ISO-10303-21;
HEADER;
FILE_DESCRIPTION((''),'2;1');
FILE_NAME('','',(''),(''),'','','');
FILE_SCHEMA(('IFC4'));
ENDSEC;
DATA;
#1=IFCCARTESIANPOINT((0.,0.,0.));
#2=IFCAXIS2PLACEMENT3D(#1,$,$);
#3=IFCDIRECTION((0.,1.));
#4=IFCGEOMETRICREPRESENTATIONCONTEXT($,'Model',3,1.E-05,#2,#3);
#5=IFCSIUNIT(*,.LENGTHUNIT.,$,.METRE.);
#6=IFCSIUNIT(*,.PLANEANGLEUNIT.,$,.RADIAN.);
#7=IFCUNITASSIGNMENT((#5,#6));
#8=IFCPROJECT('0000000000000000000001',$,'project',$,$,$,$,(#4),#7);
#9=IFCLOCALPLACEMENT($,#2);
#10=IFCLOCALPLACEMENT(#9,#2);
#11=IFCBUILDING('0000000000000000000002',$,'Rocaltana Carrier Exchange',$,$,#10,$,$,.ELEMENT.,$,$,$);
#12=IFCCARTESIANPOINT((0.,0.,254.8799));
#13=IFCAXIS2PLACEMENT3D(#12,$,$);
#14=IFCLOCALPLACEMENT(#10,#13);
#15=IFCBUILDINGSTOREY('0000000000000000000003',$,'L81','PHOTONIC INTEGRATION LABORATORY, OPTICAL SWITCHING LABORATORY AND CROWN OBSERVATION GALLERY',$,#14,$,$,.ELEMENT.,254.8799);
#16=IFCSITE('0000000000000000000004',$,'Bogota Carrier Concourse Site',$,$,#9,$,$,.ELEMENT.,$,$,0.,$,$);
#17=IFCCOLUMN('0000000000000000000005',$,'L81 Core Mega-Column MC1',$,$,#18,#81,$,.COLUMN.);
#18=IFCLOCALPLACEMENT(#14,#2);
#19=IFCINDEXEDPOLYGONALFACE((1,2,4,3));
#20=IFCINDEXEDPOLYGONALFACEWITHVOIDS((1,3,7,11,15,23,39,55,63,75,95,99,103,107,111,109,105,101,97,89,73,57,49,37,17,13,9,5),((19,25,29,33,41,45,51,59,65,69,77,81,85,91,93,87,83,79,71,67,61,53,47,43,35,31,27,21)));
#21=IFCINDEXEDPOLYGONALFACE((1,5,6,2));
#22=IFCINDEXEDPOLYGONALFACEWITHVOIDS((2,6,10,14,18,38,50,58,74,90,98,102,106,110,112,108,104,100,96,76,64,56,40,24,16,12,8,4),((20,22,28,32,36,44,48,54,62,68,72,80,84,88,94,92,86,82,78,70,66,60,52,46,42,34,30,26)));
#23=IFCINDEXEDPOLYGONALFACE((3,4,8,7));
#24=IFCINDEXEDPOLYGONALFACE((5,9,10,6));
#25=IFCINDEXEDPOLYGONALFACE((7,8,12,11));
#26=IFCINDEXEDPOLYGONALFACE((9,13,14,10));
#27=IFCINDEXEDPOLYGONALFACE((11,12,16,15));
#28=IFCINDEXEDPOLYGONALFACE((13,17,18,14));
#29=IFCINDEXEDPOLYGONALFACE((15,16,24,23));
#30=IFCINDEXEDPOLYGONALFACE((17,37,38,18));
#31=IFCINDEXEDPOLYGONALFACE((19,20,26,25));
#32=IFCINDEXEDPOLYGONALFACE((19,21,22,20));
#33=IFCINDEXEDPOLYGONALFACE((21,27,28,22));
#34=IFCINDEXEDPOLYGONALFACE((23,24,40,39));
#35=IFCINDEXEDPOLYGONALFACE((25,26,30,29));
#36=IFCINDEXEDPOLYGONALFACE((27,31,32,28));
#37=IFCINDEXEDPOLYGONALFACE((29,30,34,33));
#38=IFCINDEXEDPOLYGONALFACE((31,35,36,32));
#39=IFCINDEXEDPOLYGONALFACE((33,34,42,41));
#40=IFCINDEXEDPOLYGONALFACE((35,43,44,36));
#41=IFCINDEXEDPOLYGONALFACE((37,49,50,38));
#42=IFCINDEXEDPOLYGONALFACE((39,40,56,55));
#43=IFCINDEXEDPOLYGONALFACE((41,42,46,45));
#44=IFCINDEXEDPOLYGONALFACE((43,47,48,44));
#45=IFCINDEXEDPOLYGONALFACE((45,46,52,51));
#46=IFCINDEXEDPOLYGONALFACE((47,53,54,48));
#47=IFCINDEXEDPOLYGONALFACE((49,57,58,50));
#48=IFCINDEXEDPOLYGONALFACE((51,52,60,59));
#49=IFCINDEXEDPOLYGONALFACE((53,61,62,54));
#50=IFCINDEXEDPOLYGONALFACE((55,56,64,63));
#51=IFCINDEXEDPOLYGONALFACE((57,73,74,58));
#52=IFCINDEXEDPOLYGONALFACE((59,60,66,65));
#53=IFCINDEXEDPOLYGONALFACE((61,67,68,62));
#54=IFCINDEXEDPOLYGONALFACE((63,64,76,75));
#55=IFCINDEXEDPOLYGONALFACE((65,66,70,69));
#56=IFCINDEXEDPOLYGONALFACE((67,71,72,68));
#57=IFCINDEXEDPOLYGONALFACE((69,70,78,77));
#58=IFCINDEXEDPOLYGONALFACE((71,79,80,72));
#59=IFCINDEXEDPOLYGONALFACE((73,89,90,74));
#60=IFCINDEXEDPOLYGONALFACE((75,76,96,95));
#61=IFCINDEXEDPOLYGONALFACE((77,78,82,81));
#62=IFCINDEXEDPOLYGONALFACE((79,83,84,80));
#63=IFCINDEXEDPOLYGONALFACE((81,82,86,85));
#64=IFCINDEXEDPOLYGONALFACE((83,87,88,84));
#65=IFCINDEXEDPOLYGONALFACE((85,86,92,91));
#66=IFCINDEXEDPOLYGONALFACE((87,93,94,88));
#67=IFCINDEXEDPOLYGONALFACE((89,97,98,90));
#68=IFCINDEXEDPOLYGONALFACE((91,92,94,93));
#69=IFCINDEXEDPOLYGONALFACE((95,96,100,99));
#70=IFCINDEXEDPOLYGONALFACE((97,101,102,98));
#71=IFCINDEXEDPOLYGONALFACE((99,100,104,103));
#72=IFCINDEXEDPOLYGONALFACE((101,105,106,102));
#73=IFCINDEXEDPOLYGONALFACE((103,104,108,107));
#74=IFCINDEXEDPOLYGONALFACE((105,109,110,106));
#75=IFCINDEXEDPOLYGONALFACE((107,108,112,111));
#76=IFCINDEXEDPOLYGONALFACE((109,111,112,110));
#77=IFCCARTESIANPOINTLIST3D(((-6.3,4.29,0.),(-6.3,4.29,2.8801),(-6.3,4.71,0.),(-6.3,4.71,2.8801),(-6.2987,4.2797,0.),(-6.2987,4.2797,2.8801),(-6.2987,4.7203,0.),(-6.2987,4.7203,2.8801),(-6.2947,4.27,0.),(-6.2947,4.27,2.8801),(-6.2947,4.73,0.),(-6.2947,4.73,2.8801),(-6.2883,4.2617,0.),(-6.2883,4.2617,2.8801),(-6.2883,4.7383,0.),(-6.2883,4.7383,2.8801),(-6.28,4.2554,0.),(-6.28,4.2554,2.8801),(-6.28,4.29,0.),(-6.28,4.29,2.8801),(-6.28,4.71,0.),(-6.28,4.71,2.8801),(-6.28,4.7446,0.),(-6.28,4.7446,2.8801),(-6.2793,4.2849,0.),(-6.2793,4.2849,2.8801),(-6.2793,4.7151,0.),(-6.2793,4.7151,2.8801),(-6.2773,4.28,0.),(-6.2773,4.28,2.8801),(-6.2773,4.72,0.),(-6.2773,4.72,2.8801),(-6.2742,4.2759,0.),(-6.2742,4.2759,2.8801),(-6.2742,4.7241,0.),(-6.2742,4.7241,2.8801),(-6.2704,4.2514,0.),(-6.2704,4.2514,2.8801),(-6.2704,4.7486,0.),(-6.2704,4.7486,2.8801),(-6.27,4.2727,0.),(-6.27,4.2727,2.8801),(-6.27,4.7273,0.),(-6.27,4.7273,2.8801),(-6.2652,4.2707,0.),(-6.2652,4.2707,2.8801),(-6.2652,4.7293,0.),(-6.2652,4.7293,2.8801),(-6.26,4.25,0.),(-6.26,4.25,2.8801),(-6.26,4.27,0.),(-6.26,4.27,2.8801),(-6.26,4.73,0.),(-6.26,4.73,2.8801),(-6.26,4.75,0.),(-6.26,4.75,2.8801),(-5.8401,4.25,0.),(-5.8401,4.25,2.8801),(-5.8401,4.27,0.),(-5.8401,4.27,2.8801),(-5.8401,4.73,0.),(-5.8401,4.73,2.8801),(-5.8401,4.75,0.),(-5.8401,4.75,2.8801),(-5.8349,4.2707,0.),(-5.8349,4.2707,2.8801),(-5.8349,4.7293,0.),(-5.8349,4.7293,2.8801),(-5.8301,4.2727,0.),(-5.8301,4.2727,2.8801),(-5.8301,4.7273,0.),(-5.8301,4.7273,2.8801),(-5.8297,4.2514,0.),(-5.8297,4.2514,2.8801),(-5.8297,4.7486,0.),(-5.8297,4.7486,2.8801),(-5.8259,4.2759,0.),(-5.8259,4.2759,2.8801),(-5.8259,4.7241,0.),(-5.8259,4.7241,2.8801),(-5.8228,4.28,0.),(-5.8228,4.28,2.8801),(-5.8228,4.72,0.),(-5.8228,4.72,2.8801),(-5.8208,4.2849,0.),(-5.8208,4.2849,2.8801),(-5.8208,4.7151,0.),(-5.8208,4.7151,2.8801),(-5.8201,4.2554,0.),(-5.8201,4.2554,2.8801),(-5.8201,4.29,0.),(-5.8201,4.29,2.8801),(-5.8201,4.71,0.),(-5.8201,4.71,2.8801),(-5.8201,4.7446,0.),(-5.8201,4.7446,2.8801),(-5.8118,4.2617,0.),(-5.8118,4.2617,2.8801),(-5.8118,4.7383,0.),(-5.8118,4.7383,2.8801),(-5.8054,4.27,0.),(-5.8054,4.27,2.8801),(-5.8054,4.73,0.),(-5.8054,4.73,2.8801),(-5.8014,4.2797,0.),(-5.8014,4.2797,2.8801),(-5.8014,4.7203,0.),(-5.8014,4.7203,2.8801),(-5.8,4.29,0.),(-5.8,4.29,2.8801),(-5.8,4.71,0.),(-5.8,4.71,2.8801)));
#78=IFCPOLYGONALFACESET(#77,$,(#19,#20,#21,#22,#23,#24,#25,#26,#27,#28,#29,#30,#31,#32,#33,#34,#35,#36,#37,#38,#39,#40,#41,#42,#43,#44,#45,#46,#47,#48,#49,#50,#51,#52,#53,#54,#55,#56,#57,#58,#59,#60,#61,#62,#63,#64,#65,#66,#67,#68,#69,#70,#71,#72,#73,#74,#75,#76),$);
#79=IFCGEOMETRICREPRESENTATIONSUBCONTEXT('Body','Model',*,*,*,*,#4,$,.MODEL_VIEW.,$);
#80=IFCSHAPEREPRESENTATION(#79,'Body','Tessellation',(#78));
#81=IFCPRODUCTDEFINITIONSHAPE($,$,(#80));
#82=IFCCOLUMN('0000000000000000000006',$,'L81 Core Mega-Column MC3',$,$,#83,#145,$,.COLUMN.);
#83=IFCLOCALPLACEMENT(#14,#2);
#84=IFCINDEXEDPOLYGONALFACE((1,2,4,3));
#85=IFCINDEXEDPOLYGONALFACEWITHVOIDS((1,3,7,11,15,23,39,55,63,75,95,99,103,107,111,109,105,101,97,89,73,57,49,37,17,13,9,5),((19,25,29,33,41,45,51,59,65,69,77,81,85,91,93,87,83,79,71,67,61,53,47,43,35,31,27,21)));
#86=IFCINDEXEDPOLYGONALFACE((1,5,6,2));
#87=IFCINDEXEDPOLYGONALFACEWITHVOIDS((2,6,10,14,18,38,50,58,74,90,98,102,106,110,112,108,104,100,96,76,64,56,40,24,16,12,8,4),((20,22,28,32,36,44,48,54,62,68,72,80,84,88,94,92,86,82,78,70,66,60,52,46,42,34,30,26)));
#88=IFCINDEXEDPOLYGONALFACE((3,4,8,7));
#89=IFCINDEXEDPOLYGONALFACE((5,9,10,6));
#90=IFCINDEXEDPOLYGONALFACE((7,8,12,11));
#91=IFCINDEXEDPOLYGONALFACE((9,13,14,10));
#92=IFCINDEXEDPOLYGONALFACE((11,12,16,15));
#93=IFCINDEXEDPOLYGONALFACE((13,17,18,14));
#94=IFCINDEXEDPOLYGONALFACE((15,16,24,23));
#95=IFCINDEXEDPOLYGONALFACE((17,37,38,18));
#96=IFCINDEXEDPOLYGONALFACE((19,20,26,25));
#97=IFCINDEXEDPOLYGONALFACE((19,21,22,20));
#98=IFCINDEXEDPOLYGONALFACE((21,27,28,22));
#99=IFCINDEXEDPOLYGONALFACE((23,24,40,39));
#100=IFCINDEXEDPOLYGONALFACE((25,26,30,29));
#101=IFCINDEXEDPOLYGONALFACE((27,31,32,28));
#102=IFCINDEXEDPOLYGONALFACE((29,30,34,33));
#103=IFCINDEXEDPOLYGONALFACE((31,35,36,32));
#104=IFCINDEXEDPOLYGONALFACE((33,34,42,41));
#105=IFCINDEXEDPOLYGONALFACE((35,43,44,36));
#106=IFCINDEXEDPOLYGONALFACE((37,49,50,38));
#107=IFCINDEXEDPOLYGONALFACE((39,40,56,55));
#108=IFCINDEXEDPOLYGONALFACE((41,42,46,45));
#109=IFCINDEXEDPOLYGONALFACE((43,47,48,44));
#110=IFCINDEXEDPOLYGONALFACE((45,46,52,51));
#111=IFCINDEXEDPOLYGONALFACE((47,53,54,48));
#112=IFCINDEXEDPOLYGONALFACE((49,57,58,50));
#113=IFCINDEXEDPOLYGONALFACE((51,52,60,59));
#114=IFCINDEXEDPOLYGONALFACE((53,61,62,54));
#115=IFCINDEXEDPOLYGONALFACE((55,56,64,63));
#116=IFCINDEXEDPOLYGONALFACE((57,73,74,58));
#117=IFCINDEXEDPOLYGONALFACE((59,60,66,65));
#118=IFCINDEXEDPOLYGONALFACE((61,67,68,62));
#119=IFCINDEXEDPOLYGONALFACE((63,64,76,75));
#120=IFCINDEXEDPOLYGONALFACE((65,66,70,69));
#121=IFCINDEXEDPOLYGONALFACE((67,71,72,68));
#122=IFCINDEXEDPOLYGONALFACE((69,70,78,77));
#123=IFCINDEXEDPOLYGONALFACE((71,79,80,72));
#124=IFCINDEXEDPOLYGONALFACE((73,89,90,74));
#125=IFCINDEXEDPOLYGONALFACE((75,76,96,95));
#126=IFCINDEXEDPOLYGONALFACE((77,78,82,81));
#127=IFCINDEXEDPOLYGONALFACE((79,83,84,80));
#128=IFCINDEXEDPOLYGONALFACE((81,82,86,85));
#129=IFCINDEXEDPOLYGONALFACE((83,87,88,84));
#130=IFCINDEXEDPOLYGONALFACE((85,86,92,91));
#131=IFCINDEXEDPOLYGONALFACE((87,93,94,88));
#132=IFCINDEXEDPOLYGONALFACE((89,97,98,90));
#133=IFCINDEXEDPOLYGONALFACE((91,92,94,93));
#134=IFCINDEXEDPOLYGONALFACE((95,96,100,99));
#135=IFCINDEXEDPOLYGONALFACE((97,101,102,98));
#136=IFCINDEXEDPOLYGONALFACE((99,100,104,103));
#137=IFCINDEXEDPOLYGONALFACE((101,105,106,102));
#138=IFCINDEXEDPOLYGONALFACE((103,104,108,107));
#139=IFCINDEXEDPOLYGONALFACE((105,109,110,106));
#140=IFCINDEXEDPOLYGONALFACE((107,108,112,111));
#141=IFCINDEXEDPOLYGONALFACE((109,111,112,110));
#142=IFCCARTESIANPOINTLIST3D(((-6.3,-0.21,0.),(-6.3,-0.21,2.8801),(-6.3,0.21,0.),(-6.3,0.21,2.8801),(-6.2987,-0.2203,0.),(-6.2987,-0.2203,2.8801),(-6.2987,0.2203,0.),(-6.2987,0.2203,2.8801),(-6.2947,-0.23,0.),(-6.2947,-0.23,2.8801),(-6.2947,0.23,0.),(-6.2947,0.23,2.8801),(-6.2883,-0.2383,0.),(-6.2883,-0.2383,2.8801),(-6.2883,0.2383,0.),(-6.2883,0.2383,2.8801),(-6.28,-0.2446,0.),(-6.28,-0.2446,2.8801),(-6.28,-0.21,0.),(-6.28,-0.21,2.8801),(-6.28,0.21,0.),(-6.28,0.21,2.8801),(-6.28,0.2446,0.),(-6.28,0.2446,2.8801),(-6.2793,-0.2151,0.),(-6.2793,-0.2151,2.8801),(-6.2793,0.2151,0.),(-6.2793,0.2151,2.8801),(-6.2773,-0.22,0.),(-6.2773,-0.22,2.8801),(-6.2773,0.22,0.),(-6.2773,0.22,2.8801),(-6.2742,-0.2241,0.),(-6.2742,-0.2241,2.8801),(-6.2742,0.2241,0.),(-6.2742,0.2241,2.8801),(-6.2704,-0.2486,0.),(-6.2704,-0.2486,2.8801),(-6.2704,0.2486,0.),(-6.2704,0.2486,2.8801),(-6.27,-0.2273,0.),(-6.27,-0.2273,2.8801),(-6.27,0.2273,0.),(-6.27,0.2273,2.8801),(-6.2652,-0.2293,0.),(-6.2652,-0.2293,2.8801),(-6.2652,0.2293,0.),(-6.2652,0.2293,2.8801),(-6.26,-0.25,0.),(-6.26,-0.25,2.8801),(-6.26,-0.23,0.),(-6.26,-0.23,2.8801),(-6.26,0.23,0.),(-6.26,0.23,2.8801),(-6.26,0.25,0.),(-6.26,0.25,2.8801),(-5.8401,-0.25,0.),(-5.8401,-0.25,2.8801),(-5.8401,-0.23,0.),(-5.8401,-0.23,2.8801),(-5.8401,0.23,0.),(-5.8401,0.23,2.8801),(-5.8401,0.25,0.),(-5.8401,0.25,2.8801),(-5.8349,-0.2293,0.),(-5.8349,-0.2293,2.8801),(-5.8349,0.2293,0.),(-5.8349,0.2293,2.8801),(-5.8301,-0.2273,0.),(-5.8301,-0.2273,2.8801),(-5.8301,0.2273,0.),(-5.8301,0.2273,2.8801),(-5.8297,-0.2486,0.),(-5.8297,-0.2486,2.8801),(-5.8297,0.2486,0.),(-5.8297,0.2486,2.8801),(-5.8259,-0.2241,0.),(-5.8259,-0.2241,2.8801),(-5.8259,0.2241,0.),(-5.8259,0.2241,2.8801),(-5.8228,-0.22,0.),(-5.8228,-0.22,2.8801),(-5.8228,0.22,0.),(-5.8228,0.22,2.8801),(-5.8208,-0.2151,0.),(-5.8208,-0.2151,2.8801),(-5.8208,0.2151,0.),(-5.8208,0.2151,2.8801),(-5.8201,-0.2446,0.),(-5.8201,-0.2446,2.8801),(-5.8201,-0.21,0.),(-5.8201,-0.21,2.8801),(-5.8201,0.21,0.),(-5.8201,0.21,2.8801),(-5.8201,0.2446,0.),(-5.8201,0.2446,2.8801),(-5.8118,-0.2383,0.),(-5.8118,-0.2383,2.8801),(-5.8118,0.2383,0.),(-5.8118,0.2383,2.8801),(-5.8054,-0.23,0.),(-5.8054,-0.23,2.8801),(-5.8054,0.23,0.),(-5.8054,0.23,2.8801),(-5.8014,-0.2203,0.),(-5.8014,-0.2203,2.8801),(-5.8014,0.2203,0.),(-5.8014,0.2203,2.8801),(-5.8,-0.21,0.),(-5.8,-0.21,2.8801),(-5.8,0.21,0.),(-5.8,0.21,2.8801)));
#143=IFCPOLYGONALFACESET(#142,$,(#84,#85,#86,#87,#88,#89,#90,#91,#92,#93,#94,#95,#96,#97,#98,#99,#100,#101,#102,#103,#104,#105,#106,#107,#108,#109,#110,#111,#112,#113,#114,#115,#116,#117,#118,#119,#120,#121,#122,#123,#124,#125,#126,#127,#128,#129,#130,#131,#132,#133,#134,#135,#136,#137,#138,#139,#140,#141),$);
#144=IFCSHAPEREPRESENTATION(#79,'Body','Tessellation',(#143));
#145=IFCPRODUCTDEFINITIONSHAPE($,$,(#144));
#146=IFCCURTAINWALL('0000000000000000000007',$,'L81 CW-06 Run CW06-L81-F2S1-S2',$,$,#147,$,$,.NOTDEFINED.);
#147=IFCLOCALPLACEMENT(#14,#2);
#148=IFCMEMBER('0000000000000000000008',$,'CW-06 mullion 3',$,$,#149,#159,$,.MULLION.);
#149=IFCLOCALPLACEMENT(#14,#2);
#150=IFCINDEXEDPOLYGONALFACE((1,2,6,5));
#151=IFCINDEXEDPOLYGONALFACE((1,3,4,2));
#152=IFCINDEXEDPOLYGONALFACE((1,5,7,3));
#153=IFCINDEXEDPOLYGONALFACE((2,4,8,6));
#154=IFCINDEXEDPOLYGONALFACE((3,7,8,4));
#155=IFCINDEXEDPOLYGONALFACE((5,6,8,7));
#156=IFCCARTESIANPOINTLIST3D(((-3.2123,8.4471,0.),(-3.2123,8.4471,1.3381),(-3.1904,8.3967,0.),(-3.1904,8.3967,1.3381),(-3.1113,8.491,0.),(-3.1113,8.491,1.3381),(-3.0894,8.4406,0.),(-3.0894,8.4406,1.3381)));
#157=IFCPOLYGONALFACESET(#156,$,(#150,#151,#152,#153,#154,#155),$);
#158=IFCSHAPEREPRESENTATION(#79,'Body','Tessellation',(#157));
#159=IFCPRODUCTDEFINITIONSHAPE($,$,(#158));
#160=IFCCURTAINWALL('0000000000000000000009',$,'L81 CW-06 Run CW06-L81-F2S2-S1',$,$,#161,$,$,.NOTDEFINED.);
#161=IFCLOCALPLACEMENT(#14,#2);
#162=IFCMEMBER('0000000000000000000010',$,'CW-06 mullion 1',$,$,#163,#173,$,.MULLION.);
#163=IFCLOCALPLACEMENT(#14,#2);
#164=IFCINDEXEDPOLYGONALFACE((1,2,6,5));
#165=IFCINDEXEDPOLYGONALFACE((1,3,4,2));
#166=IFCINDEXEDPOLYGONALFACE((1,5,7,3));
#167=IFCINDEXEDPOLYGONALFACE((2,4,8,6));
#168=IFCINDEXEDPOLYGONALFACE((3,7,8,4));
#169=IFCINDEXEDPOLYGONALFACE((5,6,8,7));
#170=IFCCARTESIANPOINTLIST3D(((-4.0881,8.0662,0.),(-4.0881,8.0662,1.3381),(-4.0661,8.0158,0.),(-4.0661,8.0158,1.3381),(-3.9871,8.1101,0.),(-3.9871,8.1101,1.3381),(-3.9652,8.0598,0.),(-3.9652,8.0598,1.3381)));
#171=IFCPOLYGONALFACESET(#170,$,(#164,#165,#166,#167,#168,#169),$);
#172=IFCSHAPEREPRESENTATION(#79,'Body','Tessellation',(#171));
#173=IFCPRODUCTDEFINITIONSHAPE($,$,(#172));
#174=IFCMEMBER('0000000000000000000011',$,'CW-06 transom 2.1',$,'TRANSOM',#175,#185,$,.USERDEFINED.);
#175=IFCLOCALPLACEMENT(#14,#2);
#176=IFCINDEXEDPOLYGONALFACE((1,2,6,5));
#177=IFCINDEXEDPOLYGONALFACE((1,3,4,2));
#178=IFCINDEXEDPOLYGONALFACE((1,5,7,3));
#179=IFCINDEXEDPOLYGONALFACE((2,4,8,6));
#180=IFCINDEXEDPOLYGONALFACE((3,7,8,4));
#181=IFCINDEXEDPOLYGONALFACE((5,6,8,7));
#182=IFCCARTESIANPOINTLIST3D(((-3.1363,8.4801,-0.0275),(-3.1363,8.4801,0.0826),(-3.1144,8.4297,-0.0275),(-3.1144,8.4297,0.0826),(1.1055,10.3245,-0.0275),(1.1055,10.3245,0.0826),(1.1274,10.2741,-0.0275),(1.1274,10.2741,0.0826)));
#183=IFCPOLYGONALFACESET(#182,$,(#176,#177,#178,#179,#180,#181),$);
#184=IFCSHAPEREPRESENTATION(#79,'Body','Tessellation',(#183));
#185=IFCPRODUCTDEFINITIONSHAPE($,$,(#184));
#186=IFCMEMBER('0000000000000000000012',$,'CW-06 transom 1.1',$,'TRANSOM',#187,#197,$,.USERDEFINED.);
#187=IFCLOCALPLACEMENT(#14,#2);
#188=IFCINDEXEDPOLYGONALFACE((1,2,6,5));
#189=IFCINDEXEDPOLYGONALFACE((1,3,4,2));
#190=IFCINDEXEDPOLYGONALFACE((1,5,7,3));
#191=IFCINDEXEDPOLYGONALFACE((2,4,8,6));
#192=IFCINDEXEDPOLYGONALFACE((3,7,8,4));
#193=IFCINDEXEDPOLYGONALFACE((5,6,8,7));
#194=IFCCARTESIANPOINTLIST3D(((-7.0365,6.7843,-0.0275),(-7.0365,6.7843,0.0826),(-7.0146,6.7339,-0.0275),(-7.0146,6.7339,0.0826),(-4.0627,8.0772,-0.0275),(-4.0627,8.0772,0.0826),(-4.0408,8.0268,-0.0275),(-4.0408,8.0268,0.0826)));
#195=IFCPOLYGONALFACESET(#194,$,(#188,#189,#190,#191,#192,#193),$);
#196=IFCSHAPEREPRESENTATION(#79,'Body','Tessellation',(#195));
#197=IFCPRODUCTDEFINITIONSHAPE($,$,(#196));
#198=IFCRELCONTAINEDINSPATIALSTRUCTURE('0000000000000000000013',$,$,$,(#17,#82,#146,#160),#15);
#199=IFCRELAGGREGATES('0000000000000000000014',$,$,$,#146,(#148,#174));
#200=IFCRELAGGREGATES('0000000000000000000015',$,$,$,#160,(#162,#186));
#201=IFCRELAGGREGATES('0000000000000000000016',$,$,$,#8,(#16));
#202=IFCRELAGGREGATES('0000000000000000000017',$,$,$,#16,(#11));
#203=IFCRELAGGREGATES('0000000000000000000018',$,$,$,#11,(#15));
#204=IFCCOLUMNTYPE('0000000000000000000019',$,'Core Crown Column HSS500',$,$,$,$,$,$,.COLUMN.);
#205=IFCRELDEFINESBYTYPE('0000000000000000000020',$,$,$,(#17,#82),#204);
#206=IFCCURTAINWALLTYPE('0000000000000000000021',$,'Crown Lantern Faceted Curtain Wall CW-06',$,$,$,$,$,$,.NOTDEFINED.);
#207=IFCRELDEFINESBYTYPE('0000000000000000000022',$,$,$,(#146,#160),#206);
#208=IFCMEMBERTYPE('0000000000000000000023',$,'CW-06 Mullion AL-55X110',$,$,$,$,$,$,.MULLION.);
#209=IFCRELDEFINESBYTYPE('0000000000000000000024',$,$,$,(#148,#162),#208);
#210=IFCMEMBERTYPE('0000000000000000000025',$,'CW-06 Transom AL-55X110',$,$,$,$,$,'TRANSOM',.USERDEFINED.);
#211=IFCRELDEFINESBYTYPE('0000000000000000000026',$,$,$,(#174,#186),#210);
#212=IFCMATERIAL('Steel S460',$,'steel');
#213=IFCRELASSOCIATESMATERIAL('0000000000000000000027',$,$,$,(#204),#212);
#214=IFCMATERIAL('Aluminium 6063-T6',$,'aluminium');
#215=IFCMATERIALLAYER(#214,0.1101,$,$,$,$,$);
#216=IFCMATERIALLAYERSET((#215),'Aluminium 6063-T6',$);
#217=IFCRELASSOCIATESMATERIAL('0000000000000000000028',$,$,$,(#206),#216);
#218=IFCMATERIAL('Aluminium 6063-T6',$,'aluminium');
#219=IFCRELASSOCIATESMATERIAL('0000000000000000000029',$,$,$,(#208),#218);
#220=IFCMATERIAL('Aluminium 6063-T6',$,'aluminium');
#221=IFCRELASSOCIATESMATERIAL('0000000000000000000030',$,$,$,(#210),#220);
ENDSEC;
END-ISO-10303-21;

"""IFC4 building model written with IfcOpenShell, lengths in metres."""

from ifc_helpers import new_model, si_unit, direction, frame, origin, origin_2d, place, context, subcontext, project, spatial, rectangle, hollow_rectangle, extrude, material, layer, layer_set, material_profile, profile_set, type_object, element, aggregate, save


model = new_model("IFC4")

# Units and contexts
model_context = context("Model", 3, precision=1e-05, world=origin(), true_north=direction((0.0, 1.0)))
body_context = subcontext(model_context, "Body", "Model", "MODEL_VIEW")
ifc_project = project(units=[si_unit("LENGTHUNIT", "METRE"), si_unit("PLANEANGLEUNIT", "RADIAN")], contexts=[model_context])

# Site, building, storey
site_placement = place(None, origin())
site = spatial("IfcSite", under=ifc_project, at=site_placement, Name="Bogota Carrier Concourse Site", CompositionType="ELEMENT", RefElevation=0.0)
building_placement = place(site_placement, origin())
building = spatial("IfcBuilding", under=site, at=building_placement, Name="Rocaltana Carrier Exchange", CompositionType="ELEMENT")
storey_placement = place(building_placement, frame((0.0, 0.0, 254.8799)))
storey = spatial("IfcBuildingStorey", under=building, at=storey_placement, Name="L81", Description="PHOTONIC INTEGRATION LABORATORY, OPTICAL SWITCHING LABORATORY AND CROWN OBSERVATION GALLERY", CompositionType="ELEMENT", Elevation=254.8799)

# Columns
ifc_material_1 = material(Name="Steel S460", Category="steel")
ifc_material_profile_1 = material_profile(ifc_material_1, hollow_rectangle(XDim=0.5, YDim=0.5, WallThickness=0.02, InnerFilletRadius=0.02, OuterFilletRadius=0.04, at=origin_2d()), Name="HSS500X500X20")
ifc_profile_set_1 = profile_set([ifc_material_profile_1], Name="Steel S460")
column_type = type_object("IfcColumnType", Name="Core Crown Column HSS500", PredefinedType="COLUMN", material=ifc_profile_set_1)
for number, where, z_axis, x_axis, name in (
    (1, (-6.05, 4.5, 0.0), (0.0, 0.0, 1.0), (1.0, 0.0, 0.0), "L81 Core Mega-Column MC1"),
    (2, (-6.05, 0.0, 0.0), (0.0, 0.0, 1.0), (1.0, 0.0, 0.0), "L81 Core Mega-Column MC3"),
):
    element("IfcColumn", number, at=place(storey_placement, frame(where, z_axis=z_axis, x_axis=x_axis)), inside=storey, type_object=column_type, Name=name, PredefinedType="COLUMN", context=body_context, shape_type="SweptSolid", body=[
        extrude(hollow_rectangle(XDim=0.5, YDim=0.5, WallThickness=0.02, InnerFilletRadius=0.02, OuterFilletRadius=0.04, at=origin_2d()), origin(), (0.0, 0.0, 1.0), 2.8801),
    ])

# Curtain walls, members
ifc_material_2 = material(Name="Aluminium 6063-T6", Category="aluminium")
ifc_layer_1 = layer(ifc_material_2, 0.1101)
ifc_layer_set_1 = layer_set([ifc_layer_1], Name="Aluminium 6063-T6")
curtain_wall_type = type_object("IfcCurtainWallType", Name="Crown Lantern Faceted Curtain Wall CW-06", PredefinedType="NOTDEFINED", material=ifc_layer_set_1)
curtain_wall_1_placement = place(storey_placement, origin())
curtain_wall_1 = element("IfcCurtainWall", 3, at=curtain_wall_1_placement, inside=storey, type_object=curtain_wall_type, Name="L81 CW-06 Run CW06-L81-F2S1-S2", PredefinedType="NOTDEFINED")
ifc_material_3 = material(Name="Aluminium 6063-T6", Category="aluminium")
ifc_material_profile_2 = material_profile(ifc_material_3, rectangle(XDim=0.0549, YDim=0.1101, at=origin_2d()), Name="AL-55X110")
ifc_profile_set_2 = profile_set([ifc_material_profile_2], Name="Aluminium 6063-T6")
member_type_1 = type_object("IfcMemberType", Name="CW-06 Mullion AL-55X110", PredefinedType="MULLION", material=ifc_profile_set_2)
member_1_placement = place(storey_placement, frame((-3.1509, 8.4438, 0.0), z_axis=(0.0, 0.0, 1.0), x_axis=(0.398747, -0.917061, 0.0)))
member_1 = element("IfcMember", 4, at=member_1_placement, type_object=member_type_1, Name="CW-06 mullion 3", PredefinedType="MULLION", context=body_context, shape_type="SweptSolid", body=[
    extrude(rectangle(XDim=0.0549, YDim=0.1101, at=origin_2d()), origin(), (0.0, 0.0, 1.0), 1.3381),
])
curtain_wall_2_placement = place(storey_placement, origin())
curtain_wall_2 = element("IfcCurtainWall", 5, at=curtain_wall_2_placement, inside=storey, type_object=curtain_wall_type, Name="L81 CW-06 Run CW06-L81-F2S2-S1", PredefinedType="NOTDEFINED")
member_2_placement = place(storey_placement, frame((-4.0266, 8.063, 0.0), z_axis=(0.0, 0.0, 1.0), x_axis=(0.398751, -0.917059, 0.0)))
member_2 = element("IfcMember", 6, at=member_2_placement, type_object=member_type_1, Name="CW-06 mullion 1", PredefinedType="MULLION", context=body_context, shape_type="SweptSolid", body=[
    extrude(rectangle(XDim=0.0549, YDim=0.1101, at=origin_2d()), origin(), (0.0, 0.0, 1.0), 1.3381),
])

# Members
ifc_material_4 = material(Name="Aluminium 6063-T6", Category="aluminium")
ifc_material_profile_3 = material_profile(ifc_material_4, rectangle(XDim=0.0549, YDim=0.1101, at=origin_2d()), Name="AL-55X110")
ifc_profile_set_3 = profile_set([ifc_material_profile_3], Name="Aluminium 6063-T6")
member_type_2 = type_object("IfcMemberType", Name="CW-06 Transom AL-55X110", ElementType="TRANSOM", PredefinedType="USERDEFINED", material=ifc_profile_set_3)
member_3_placement = place(storey_placement, frame((1.1165, 10.2993, 0.0276), z_axis=(-0.917057, -0.398755, 0.0), x_axis=(0.398755, -0.917057, 0.0)))
member_3 = element("IfcMember", 7, at=member_3_placement, type_object=member_type_2, Name="CW-06 transom 2.1", ObjectType="TRANSOM", PredefinedType="USERDEFINED", context=body_context, shape_type="SweptSolid", body=[
    extrude(rectangle(XDim=0.0549, YDim=0.1101, at=origin_2d()), origin(), (0.0, 0.0, 1.0), 4.6255),
])
member_4_placement = place(storey_placement, frame((-4.0518, 8.052, 0.0276), z_axis=(-0.917072, -0.398721, 0.0), x_axis=(0.398721, -0.917072, 0.0)))
member_4 = element("IfcMember", 8, at=member_4_placement, type_object=member_type_2, Name="CW-06 transom 1.1", ObjectType="TRANSOM", PredefinedType="USERDEFINED", context=body_context, shape_type="SweptSolid", body=[
    extrude(rectangle(XDim=0.0549, YDim=0.1101, at=origin_2d()), origin(), (0.0, 0.0, 1.0), 3.2427),
])

aggregate(curtain_wall_1, [member_1, member_3])
aggregate(curtain_wall_2, [member_2, member_4])

save(model, "model.ifc")
